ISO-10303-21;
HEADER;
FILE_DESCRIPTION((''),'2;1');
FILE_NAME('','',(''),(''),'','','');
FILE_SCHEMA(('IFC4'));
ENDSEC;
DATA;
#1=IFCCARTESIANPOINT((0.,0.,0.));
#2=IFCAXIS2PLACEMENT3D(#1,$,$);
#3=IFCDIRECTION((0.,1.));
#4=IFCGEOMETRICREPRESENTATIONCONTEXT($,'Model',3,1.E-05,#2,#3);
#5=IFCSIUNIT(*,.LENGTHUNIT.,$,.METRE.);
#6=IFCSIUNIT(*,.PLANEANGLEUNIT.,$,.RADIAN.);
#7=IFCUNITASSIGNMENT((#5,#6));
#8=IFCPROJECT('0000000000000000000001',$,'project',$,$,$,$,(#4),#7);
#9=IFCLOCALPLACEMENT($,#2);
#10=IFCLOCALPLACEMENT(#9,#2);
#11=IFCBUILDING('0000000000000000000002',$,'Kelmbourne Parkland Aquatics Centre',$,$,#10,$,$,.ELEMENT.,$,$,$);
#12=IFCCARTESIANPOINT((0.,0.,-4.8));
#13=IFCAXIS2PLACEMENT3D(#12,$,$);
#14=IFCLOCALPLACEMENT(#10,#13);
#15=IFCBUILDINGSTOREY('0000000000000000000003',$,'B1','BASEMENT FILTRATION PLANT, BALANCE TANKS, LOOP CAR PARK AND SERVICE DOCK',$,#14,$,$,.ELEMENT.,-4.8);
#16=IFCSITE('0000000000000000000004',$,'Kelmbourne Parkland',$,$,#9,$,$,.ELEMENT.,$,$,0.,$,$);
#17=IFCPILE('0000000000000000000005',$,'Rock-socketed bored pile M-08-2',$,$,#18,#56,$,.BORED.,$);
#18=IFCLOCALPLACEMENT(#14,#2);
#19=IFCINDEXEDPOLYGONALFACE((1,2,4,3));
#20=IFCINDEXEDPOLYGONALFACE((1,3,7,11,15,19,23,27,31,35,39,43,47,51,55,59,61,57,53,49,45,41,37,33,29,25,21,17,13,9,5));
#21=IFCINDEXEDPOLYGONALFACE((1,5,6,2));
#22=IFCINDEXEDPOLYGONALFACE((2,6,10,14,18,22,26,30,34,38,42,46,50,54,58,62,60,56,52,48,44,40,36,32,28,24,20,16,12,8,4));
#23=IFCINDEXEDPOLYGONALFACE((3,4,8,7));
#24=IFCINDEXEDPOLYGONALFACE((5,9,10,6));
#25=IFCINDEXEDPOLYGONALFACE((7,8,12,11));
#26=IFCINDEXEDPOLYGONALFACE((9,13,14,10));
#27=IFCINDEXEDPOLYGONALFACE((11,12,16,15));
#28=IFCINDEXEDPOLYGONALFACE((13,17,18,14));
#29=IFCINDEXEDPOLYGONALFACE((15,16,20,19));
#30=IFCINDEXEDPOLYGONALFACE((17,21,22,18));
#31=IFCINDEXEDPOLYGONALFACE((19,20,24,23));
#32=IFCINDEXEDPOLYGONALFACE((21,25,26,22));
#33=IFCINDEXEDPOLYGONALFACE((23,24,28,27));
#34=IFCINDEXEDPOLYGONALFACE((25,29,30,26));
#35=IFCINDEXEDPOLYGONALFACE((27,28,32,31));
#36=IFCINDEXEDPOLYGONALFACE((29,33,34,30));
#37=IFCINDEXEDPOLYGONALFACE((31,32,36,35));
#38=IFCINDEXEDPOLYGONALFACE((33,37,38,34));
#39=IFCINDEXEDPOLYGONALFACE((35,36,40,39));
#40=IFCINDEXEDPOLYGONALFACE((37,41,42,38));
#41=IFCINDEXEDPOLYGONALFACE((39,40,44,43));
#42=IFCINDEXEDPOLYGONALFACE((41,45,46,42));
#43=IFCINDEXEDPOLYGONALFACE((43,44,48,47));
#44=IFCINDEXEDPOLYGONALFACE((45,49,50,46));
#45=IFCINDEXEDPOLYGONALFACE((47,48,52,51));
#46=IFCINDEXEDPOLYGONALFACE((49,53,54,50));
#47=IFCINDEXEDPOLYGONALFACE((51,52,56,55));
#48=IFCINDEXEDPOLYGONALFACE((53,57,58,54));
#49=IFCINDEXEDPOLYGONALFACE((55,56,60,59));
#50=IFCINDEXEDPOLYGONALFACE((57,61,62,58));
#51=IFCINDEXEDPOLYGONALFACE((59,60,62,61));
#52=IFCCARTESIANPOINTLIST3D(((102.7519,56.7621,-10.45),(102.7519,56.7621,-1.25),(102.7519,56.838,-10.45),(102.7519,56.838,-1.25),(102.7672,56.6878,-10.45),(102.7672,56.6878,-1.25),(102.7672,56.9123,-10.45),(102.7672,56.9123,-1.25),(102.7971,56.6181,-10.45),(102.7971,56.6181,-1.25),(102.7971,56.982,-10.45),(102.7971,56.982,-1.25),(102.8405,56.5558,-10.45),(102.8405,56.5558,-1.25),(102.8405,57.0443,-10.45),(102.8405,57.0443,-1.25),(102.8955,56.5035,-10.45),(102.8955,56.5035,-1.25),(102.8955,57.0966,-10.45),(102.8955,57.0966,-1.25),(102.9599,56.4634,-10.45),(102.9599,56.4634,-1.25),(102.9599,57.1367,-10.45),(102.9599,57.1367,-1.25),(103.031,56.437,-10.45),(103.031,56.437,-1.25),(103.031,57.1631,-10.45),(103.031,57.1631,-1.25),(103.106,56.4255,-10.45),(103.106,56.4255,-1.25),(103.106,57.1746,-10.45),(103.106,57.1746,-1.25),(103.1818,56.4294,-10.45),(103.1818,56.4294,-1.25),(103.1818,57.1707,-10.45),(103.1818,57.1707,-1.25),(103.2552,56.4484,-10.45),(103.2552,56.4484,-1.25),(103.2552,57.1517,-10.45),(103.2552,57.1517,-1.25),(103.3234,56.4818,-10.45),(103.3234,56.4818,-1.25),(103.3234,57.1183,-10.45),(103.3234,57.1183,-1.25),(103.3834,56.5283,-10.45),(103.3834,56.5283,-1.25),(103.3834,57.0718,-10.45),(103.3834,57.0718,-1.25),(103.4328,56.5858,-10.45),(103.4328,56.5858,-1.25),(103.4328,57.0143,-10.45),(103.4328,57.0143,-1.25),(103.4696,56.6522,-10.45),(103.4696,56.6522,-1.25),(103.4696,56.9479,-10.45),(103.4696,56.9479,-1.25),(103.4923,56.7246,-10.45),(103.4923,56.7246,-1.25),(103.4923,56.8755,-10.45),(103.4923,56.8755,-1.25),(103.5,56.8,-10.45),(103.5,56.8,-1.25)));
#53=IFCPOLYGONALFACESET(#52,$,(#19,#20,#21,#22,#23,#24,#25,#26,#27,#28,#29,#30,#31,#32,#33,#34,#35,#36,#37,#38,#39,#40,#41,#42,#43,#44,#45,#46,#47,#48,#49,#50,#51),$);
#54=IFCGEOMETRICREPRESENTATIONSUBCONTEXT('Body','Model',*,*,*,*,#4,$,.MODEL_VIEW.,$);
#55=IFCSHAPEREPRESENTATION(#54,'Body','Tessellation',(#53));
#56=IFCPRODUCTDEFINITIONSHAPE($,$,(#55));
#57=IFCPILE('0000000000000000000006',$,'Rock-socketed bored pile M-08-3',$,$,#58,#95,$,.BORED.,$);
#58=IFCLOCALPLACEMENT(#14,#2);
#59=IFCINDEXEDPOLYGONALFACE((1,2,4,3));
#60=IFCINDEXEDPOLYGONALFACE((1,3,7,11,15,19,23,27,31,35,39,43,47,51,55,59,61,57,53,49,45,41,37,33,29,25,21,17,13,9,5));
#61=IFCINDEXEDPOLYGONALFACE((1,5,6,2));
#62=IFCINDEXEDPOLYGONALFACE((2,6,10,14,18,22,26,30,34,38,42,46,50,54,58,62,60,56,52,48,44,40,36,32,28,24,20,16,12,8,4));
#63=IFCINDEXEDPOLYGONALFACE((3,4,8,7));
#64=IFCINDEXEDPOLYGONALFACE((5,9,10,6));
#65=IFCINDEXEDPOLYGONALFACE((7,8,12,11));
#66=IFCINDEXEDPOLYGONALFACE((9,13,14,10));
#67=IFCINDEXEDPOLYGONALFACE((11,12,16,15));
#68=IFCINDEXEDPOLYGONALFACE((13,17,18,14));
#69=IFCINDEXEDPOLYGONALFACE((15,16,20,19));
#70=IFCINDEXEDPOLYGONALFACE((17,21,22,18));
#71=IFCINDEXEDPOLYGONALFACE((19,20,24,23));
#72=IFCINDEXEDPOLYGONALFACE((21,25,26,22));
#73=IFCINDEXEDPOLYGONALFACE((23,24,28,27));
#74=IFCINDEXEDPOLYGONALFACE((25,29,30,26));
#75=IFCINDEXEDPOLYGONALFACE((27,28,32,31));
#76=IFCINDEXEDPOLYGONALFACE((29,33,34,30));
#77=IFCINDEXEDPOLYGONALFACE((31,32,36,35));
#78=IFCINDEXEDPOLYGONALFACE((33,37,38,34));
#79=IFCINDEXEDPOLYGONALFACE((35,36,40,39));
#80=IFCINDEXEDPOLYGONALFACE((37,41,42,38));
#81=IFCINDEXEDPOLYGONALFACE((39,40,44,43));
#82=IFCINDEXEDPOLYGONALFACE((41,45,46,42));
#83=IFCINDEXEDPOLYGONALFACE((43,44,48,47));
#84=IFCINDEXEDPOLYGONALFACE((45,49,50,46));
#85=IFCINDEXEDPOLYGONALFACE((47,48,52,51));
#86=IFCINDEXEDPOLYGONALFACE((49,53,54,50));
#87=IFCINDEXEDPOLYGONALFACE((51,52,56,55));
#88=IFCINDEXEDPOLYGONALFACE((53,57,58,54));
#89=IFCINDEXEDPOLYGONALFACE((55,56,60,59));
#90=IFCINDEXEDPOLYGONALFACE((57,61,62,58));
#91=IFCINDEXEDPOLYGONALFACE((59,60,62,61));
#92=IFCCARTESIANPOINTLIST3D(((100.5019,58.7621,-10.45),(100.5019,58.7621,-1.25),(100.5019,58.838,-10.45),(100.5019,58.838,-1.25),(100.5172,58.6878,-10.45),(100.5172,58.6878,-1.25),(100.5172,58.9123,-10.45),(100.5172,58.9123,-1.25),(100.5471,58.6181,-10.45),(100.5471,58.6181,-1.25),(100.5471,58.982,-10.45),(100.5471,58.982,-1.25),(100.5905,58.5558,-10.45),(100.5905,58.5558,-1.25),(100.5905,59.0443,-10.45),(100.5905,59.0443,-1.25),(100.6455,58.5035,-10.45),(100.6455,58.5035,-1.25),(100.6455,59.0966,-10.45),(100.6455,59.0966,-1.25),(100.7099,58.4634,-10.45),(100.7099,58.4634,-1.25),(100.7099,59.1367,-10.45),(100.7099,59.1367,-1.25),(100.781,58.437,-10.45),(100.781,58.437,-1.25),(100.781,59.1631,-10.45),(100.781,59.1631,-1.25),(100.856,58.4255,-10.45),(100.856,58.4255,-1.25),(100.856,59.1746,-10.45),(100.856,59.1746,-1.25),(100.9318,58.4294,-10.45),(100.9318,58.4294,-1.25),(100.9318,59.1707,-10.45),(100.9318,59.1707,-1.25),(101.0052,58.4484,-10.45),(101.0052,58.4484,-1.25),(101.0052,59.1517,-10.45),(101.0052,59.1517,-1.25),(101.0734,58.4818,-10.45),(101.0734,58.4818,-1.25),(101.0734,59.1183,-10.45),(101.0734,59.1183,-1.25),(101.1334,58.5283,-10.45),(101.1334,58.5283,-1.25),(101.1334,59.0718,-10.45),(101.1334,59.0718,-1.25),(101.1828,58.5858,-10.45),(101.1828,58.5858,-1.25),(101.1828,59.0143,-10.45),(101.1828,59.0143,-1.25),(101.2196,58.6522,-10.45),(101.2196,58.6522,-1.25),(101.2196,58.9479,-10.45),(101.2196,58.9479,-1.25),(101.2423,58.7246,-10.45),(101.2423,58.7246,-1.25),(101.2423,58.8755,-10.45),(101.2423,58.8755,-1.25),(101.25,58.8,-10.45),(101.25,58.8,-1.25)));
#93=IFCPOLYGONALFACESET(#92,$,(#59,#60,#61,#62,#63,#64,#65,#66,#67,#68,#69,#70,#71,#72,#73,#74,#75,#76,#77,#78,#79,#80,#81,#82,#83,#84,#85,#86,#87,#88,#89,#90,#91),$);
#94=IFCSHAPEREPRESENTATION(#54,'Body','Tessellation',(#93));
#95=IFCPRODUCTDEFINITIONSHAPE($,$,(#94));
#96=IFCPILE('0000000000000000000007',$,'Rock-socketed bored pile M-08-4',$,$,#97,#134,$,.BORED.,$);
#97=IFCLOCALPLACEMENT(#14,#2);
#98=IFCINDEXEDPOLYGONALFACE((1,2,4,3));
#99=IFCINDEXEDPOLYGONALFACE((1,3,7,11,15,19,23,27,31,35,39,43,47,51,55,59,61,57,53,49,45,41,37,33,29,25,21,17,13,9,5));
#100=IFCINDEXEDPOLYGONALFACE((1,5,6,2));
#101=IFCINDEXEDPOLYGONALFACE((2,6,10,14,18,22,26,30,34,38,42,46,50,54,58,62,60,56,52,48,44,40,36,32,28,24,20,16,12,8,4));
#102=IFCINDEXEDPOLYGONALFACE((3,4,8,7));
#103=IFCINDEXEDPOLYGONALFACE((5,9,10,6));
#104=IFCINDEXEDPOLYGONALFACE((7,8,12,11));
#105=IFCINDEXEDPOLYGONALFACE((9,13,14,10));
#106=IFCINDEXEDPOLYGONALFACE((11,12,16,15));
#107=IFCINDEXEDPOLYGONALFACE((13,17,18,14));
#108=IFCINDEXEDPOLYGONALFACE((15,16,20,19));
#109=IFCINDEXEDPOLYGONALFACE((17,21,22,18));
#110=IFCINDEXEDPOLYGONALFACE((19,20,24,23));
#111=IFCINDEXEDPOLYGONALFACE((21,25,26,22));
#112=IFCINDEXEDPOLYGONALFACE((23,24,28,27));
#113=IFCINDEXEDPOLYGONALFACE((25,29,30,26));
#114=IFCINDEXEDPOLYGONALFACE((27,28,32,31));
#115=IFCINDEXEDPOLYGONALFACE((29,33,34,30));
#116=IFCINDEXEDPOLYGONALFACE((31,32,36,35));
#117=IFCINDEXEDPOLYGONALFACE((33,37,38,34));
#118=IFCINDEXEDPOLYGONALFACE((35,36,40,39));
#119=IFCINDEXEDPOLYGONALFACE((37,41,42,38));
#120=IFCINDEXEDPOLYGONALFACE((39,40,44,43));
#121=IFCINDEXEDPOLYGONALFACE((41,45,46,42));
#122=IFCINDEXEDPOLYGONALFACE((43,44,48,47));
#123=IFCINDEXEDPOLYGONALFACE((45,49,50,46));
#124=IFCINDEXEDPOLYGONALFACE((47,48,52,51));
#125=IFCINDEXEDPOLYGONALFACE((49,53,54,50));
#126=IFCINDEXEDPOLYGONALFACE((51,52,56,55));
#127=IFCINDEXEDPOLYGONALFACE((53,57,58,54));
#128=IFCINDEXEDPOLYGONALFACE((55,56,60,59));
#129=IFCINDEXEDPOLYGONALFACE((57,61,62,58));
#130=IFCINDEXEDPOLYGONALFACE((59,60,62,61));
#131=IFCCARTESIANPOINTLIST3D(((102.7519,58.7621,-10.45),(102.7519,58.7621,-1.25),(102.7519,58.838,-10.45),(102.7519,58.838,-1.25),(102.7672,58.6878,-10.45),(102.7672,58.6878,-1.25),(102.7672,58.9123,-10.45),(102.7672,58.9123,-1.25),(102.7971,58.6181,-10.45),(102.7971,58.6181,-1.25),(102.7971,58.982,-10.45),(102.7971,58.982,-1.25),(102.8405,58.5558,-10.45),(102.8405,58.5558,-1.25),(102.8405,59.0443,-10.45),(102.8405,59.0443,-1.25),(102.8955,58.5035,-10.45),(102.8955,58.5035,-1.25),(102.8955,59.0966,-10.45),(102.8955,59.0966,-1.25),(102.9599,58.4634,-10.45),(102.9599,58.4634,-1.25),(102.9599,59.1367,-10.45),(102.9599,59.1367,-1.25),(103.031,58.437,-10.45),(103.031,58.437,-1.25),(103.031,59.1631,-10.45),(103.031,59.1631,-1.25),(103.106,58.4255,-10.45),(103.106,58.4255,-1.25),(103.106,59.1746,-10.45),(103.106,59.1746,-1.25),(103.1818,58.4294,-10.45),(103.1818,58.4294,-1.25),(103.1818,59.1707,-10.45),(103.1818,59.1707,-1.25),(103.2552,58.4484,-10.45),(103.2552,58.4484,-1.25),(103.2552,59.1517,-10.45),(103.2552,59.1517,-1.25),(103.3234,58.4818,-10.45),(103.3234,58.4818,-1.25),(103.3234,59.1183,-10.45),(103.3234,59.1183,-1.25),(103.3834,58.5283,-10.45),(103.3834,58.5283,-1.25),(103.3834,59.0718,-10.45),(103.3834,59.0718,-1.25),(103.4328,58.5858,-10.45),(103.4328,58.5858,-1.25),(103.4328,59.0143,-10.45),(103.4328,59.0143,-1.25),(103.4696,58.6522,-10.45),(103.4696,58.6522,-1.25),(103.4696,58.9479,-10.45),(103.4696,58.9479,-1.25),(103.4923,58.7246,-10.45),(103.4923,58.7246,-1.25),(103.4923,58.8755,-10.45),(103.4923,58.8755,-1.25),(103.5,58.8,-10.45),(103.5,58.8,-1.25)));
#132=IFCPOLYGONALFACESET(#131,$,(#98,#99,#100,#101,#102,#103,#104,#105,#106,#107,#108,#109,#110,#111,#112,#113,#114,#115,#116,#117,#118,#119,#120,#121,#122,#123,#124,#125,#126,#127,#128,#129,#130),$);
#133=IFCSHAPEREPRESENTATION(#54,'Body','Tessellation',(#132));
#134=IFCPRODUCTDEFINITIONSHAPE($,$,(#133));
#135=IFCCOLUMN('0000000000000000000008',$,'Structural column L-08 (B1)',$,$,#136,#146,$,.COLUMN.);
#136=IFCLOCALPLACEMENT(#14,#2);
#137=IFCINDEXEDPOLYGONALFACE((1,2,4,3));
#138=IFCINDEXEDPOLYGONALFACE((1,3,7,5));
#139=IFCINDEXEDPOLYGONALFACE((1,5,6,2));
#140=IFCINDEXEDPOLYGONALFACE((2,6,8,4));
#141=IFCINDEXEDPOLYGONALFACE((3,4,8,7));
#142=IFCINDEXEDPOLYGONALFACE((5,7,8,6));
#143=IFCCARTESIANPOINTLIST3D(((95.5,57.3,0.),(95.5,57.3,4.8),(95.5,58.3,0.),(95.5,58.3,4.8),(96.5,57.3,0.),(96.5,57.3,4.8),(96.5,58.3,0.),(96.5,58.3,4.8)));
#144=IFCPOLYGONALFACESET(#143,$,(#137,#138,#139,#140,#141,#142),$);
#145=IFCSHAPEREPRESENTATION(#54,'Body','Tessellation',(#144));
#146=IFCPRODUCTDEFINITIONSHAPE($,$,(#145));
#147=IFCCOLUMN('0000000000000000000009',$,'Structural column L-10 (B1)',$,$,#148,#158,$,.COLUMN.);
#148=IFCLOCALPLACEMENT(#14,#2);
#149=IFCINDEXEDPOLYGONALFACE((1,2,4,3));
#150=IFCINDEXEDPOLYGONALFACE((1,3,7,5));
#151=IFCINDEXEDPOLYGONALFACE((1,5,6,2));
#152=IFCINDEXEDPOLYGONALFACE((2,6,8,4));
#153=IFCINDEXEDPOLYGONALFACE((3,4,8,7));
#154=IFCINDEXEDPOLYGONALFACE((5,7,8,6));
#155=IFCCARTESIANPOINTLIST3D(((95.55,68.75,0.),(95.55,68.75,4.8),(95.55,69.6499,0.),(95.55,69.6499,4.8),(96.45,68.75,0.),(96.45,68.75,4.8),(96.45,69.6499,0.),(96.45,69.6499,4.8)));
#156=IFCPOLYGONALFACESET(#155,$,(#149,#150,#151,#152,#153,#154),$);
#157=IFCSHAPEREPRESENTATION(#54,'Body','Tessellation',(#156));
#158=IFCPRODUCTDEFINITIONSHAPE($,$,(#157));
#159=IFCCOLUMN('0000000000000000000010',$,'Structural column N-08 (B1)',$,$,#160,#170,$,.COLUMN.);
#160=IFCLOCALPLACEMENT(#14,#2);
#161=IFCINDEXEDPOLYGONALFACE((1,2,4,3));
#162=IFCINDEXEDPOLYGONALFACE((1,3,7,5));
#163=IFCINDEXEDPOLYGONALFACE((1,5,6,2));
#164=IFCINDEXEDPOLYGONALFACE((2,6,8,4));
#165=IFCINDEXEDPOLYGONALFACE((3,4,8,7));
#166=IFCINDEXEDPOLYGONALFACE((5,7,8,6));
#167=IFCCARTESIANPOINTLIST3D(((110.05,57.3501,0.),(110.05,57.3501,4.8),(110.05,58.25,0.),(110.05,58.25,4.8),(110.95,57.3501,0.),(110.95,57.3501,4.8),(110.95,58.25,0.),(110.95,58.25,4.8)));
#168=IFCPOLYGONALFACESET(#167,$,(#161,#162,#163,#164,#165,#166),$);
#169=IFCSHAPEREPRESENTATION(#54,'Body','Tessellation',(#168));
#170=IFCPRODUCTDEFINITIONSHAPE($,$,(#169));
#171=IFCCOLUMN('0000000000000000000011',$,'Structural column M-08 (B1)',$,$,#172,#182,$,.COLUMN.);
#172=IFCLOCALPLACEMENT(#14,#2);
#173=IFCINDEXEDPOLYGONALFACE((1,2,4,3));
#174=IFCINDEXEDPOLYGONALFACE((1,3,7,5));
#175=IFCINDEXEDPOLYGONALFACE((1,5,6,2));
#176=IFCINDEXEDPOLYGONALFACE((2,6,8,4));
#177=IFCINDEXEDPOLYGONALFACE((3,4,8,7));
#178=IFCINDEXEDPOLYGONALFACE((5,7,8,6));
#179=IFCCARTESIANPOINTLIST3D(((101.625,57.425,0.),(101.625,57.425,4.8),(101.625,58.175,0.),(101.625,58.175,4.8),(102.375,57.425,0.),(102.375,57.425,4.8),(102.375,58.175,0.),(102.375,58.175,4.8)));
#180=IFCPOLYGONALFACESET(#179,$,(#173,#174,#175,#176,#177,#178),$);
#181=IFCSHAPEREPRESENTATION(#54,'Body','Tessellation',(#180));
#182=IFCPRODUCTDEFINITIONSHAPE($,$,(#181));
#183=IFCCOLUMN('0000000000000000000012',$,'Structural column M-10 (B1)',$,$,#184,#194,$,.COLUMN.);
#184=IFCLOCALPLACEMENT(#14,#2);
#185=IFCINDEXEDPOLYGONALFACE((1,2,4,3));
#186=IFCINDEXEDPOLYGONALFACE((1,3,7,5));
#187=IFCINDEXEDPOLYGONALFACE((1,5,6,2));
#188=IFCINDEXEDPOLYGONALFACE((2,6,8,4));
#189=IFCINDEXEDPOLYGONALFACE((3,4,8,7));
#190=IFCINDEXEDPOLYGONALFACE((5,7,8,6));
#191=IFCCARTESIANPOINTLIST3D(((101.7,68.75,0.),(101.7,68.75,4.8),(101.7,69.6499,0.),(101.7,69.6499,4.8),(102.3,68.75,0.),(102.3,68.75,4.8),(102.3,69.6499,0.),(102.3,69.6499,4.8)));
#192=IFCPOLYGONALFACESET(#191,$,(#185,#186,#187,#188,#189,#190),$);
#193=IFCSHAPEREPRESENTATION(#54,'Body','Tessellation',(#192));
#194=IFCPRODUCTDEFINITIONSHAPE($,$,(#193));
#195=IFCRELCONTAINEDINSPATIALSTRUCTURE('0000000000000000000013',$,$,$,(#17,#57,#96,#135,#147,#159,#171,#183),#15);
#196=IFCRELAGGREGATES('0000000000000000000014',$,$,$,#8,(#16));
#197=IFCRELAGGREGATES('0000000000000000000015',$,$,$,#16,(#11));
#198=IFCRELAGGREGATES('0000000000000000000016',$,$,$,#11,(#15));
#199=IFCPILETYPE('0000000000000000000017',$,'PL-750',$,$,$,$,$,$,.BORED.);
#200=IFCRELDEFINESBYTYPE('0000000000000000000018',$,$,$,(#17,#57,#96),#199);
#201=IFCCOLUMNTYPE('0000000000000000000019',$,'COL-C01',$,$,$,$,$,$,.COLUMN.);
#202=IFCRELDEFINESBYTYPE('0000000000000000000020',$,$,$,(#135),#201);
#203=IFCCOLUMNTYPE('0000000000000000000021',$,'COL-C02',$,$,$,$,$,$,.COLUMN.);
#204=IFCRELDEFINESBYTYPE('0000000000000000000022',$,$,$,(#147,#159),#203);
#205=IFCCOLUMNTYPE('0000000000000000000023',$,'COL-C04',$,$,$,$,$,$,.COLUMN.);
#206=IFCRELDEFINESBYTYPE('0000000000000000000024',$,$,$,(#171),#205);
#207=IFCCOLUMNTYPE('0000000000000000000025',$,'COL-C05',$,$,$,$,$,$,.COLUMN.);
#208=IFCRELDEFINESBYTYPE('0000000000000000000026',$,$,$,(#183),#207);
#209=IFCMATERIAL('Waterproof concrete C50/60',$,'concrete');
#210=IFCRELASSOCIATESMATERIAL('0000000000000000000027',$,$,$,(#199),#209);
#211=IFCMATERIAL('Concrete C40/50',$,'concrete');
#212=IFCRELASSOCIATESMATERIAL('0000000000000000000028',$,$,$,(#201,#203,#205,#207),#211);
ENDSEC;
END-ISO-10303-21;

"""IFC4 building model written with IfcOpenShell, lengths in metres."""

from ifc_helpers import new_model, si_unit, direction, frame, origin, origin_2d, place, context, subcontext, project, spatial, rectangle, circle, extrude, material, material_profile, profile_set, type_object, element, save


model = new_model("IFC4")

# Units and contexts
model_context = context("Model", 3, precision=1e-05, world=origin(), true_north=direction((0.0, 1.0)))
body_context = subcontext(model_context, "Body", "Model", "MODEL_VIEW")
ifc_project = project(units=[si_unit("LENGTHUNIT", "METRE"), si_unit("PLANEANGLEUNIT", "RADIAN")], contexts=[model_context])

# Site, building, storey
site_placement = place(None, origin())
site = spatial("IfcSite", under=ifc_project, at=site_placement, Name="Kelmbourne Parkland", CompositionType="ELEMENT", RefElevation=0.0)
building_placement = place(site_placement, origin())
building = spatial("IfcBuilding", under=site, at=building_placement, Name="Kelmbourne Parkland Aquatics Centre", CompositionType="ELEMENT")
storey_placement = place(building_placement, frame((0.0, 0.0, -4.8)))
storey = spatial("IfcBuildingStorey", under=building, at=storey_placement, Name="B1", Description="BASEMENT FILTRATION PLANT, BALANCE TANKS, LOOP CAR PARK AND SERVICE DOCK", CompositionType="ELEMENT", Elevation=-4.8)

# Shared definitions
ifc_material_1 = material(Name="Waterproof concrete C50/60", Category="concrete")

# Piles
ifc_material_profile_1 = material_profile(ifc_material_1, circle(Radius=0.375, at=origin_2d()), Name="PILE D750")
ifc_profile_set_1 = profile_set([ifc_material_profile_1], Name="Waterproof concrete C50/60")
pile_type_1 = type_object("IfcPileType", Name="PL-750", PredefinedType="BORED", material=ifc_profile_set_1)
for number, where, z_axis, x_axis, name in (
    (1, (103.125, 56.8, -1.25), (0.0, 0.0, -1.0), (1.0, 0.0, 0.0), "Rock-socketed bored pile M-08-2"),
    (2, (100.875, 58.8, -1.25), (0.0, 0.0, -1.0), (1.0, 0.0, 0.0), "Rock-socketed bored pile M-08-3"),
    (3, (103.125, 58.8, -1.25), (0.0, 0.0, -1.0), (1.0, 0.0, 0.0), "Rock-socketed bored pile M-08-4"),
):
    element("IfcPile", number, at=place(storey_placement, frame(where, z_axis=z_axis, x_axis=x_axis)), inside=storey, type_object=pile_type_1, Name=name, PredefinedType="BORED", context=body_context, shape_type="SweptSolid", body=[
        extrude(circle(Radius=0.375, at=origin_2d()), origin(), (0.0, 0.0, 1.0), 9.2),
    ])

# Columns
ifc_material_2 = material(Name="Concrete C40/50", Category="concrete")
ifc_material_profile_2 = material_profile(ifc_material_2, rectangle(XDim=1.0, YDim=1.0, at=origin_2d()), Name="RC 1000x1000")
ifc_profile_set_2 = profile_set([ifc_material_profile_2], Name="Concrete C40/50")
column_type_1 = type_object("IfcColumnType", Name="COL-C01", PredefinedType="COLUMN", material=ifc_profile_set_2)
column_1_placement = place(storey_placement, frame((96.0, 57.8, 0.0), z_axis=(0.0, 0.0, 1.0), x_axis=(1.0, 0.0, 0.0)))
element("IfcColumn", 4, at=column_1_placement, inside=storey, type_object=column_type_1, Name="Structural column L-08 (B1)", PredefinedType="COLUMN", context=body_context, shape_type="SweptSolid", body=[
    extrude(rectangle(XDim=1.0, YDim=1.0, at=origin_2d()), origin(), (0.0, 0.0, 1.0), 4.8),
])
ifc_material_profile_3 = material_profile(ifc_material_2, rectangle(XDim=0.8999, YDim=0.8999, at=origin_2d()), Name="RC 900x900")
ifc_profile_set_3 = profile_set([ifc_material_profile_3], Name="Concrete C40/50")
column_type_2 = type_object("IfcColumnType", Name="COL-C02", PredefinedType="COLUMN", material=ifc_profile_set_3)
for number, where, z_axis, x_axis, name in (
    (5, (96.0, 69.2, 0.0), (0.0, 0.0, 1.0), (1.0, 0.0, 0.0), "Structural column L-10 (B1)"),
    (6, (110.5, 57.8, 0.0), (0.0, 0.0, 1.0), (1.0, 0.0, 0.0), "Structural column N-08 (B1)"),
):
    element("IfcColumn", number, at=place(storey_placement, frame(where, z_axis=z_axis, x_axis=x_axis)), inside=storey, type_object=column_type_2, Name=name, PredefinedType="COLUMN", context=body_context, shape_type="SweptSolid", body=[
        extrude(rectangle(XDim=0.8999, YDim=0.8999, at=origin_2d()), origin(), (0.0, 0.0, 1.0), 4.8),
    ])
ifc_material_profile_4 = material_profile(ifc_material_2, rectangle(XDim=0.75, YDim=0.75, at=origin_2d()), Name="RC 750x750")
ifc_profile_set_4 = profile_set([ifc_material_profile_4], Name="Concrete C40/50")
column_type_3 = type_object("IfcColumnType", Name="COL-C04", PredefinedType="COLUMN", material=ifc_profile_set_4)
column_2_placement = place(storey_placement, frame((102.0, 57.8, 0.0), z_axis=(0.0, 0.0, 1.0), x_axis=(1.0, 0.0, 0.0)))
element("IfcColumn", 7, at=column_2_placement, inside=storey, type_object=column_type_3, Name="Structural column M-08 (B1)", PredefinedType="COLUMN", context=body_context, shape_type="SweptSolid", body=[
    extrude(rectangle(XDim=0.75, YDim=0.75, at=origin_2d()), origin(), (0.0, 0.0, 1.0), 4.8),
])
ifc_material_profile_5 = material_profile(ifc_material_2, rectangle(XDim=0.6001, YDim=0.8999, at=origin_2d()), Name="RC 600x900")
ifc_profile_set_5 = profile_set([ifc_material_profile_5], Name="Concrete C40/50")
column_type_4 = type_object("IfcColumnType", Name="COL-C05", PredefinedType="COLUMN", material=ifc_profile_set_5)
column_3_placement = place(storey_placement, frame((102.0, 69.2, 0.0), z_axis=(0.0, 0.0, 1.0), x_axis=(1.0, 0.0, 0.0)))
element("IfcColumn", 8, at=column_3_placement, inside=storey, type_object=column_type_4, Name="Structural column M-10 (B1)", PredefinedType="COLUMN", context=body_context, shape_type="SweptSolid", body=[
    extrude(rectangle(XDim=0.6001, YDim=0.8999, at=origin_2d()), origin(), (0.0, 0.0, 1.0), 4.8),
])

save(model, "model.ifc")
